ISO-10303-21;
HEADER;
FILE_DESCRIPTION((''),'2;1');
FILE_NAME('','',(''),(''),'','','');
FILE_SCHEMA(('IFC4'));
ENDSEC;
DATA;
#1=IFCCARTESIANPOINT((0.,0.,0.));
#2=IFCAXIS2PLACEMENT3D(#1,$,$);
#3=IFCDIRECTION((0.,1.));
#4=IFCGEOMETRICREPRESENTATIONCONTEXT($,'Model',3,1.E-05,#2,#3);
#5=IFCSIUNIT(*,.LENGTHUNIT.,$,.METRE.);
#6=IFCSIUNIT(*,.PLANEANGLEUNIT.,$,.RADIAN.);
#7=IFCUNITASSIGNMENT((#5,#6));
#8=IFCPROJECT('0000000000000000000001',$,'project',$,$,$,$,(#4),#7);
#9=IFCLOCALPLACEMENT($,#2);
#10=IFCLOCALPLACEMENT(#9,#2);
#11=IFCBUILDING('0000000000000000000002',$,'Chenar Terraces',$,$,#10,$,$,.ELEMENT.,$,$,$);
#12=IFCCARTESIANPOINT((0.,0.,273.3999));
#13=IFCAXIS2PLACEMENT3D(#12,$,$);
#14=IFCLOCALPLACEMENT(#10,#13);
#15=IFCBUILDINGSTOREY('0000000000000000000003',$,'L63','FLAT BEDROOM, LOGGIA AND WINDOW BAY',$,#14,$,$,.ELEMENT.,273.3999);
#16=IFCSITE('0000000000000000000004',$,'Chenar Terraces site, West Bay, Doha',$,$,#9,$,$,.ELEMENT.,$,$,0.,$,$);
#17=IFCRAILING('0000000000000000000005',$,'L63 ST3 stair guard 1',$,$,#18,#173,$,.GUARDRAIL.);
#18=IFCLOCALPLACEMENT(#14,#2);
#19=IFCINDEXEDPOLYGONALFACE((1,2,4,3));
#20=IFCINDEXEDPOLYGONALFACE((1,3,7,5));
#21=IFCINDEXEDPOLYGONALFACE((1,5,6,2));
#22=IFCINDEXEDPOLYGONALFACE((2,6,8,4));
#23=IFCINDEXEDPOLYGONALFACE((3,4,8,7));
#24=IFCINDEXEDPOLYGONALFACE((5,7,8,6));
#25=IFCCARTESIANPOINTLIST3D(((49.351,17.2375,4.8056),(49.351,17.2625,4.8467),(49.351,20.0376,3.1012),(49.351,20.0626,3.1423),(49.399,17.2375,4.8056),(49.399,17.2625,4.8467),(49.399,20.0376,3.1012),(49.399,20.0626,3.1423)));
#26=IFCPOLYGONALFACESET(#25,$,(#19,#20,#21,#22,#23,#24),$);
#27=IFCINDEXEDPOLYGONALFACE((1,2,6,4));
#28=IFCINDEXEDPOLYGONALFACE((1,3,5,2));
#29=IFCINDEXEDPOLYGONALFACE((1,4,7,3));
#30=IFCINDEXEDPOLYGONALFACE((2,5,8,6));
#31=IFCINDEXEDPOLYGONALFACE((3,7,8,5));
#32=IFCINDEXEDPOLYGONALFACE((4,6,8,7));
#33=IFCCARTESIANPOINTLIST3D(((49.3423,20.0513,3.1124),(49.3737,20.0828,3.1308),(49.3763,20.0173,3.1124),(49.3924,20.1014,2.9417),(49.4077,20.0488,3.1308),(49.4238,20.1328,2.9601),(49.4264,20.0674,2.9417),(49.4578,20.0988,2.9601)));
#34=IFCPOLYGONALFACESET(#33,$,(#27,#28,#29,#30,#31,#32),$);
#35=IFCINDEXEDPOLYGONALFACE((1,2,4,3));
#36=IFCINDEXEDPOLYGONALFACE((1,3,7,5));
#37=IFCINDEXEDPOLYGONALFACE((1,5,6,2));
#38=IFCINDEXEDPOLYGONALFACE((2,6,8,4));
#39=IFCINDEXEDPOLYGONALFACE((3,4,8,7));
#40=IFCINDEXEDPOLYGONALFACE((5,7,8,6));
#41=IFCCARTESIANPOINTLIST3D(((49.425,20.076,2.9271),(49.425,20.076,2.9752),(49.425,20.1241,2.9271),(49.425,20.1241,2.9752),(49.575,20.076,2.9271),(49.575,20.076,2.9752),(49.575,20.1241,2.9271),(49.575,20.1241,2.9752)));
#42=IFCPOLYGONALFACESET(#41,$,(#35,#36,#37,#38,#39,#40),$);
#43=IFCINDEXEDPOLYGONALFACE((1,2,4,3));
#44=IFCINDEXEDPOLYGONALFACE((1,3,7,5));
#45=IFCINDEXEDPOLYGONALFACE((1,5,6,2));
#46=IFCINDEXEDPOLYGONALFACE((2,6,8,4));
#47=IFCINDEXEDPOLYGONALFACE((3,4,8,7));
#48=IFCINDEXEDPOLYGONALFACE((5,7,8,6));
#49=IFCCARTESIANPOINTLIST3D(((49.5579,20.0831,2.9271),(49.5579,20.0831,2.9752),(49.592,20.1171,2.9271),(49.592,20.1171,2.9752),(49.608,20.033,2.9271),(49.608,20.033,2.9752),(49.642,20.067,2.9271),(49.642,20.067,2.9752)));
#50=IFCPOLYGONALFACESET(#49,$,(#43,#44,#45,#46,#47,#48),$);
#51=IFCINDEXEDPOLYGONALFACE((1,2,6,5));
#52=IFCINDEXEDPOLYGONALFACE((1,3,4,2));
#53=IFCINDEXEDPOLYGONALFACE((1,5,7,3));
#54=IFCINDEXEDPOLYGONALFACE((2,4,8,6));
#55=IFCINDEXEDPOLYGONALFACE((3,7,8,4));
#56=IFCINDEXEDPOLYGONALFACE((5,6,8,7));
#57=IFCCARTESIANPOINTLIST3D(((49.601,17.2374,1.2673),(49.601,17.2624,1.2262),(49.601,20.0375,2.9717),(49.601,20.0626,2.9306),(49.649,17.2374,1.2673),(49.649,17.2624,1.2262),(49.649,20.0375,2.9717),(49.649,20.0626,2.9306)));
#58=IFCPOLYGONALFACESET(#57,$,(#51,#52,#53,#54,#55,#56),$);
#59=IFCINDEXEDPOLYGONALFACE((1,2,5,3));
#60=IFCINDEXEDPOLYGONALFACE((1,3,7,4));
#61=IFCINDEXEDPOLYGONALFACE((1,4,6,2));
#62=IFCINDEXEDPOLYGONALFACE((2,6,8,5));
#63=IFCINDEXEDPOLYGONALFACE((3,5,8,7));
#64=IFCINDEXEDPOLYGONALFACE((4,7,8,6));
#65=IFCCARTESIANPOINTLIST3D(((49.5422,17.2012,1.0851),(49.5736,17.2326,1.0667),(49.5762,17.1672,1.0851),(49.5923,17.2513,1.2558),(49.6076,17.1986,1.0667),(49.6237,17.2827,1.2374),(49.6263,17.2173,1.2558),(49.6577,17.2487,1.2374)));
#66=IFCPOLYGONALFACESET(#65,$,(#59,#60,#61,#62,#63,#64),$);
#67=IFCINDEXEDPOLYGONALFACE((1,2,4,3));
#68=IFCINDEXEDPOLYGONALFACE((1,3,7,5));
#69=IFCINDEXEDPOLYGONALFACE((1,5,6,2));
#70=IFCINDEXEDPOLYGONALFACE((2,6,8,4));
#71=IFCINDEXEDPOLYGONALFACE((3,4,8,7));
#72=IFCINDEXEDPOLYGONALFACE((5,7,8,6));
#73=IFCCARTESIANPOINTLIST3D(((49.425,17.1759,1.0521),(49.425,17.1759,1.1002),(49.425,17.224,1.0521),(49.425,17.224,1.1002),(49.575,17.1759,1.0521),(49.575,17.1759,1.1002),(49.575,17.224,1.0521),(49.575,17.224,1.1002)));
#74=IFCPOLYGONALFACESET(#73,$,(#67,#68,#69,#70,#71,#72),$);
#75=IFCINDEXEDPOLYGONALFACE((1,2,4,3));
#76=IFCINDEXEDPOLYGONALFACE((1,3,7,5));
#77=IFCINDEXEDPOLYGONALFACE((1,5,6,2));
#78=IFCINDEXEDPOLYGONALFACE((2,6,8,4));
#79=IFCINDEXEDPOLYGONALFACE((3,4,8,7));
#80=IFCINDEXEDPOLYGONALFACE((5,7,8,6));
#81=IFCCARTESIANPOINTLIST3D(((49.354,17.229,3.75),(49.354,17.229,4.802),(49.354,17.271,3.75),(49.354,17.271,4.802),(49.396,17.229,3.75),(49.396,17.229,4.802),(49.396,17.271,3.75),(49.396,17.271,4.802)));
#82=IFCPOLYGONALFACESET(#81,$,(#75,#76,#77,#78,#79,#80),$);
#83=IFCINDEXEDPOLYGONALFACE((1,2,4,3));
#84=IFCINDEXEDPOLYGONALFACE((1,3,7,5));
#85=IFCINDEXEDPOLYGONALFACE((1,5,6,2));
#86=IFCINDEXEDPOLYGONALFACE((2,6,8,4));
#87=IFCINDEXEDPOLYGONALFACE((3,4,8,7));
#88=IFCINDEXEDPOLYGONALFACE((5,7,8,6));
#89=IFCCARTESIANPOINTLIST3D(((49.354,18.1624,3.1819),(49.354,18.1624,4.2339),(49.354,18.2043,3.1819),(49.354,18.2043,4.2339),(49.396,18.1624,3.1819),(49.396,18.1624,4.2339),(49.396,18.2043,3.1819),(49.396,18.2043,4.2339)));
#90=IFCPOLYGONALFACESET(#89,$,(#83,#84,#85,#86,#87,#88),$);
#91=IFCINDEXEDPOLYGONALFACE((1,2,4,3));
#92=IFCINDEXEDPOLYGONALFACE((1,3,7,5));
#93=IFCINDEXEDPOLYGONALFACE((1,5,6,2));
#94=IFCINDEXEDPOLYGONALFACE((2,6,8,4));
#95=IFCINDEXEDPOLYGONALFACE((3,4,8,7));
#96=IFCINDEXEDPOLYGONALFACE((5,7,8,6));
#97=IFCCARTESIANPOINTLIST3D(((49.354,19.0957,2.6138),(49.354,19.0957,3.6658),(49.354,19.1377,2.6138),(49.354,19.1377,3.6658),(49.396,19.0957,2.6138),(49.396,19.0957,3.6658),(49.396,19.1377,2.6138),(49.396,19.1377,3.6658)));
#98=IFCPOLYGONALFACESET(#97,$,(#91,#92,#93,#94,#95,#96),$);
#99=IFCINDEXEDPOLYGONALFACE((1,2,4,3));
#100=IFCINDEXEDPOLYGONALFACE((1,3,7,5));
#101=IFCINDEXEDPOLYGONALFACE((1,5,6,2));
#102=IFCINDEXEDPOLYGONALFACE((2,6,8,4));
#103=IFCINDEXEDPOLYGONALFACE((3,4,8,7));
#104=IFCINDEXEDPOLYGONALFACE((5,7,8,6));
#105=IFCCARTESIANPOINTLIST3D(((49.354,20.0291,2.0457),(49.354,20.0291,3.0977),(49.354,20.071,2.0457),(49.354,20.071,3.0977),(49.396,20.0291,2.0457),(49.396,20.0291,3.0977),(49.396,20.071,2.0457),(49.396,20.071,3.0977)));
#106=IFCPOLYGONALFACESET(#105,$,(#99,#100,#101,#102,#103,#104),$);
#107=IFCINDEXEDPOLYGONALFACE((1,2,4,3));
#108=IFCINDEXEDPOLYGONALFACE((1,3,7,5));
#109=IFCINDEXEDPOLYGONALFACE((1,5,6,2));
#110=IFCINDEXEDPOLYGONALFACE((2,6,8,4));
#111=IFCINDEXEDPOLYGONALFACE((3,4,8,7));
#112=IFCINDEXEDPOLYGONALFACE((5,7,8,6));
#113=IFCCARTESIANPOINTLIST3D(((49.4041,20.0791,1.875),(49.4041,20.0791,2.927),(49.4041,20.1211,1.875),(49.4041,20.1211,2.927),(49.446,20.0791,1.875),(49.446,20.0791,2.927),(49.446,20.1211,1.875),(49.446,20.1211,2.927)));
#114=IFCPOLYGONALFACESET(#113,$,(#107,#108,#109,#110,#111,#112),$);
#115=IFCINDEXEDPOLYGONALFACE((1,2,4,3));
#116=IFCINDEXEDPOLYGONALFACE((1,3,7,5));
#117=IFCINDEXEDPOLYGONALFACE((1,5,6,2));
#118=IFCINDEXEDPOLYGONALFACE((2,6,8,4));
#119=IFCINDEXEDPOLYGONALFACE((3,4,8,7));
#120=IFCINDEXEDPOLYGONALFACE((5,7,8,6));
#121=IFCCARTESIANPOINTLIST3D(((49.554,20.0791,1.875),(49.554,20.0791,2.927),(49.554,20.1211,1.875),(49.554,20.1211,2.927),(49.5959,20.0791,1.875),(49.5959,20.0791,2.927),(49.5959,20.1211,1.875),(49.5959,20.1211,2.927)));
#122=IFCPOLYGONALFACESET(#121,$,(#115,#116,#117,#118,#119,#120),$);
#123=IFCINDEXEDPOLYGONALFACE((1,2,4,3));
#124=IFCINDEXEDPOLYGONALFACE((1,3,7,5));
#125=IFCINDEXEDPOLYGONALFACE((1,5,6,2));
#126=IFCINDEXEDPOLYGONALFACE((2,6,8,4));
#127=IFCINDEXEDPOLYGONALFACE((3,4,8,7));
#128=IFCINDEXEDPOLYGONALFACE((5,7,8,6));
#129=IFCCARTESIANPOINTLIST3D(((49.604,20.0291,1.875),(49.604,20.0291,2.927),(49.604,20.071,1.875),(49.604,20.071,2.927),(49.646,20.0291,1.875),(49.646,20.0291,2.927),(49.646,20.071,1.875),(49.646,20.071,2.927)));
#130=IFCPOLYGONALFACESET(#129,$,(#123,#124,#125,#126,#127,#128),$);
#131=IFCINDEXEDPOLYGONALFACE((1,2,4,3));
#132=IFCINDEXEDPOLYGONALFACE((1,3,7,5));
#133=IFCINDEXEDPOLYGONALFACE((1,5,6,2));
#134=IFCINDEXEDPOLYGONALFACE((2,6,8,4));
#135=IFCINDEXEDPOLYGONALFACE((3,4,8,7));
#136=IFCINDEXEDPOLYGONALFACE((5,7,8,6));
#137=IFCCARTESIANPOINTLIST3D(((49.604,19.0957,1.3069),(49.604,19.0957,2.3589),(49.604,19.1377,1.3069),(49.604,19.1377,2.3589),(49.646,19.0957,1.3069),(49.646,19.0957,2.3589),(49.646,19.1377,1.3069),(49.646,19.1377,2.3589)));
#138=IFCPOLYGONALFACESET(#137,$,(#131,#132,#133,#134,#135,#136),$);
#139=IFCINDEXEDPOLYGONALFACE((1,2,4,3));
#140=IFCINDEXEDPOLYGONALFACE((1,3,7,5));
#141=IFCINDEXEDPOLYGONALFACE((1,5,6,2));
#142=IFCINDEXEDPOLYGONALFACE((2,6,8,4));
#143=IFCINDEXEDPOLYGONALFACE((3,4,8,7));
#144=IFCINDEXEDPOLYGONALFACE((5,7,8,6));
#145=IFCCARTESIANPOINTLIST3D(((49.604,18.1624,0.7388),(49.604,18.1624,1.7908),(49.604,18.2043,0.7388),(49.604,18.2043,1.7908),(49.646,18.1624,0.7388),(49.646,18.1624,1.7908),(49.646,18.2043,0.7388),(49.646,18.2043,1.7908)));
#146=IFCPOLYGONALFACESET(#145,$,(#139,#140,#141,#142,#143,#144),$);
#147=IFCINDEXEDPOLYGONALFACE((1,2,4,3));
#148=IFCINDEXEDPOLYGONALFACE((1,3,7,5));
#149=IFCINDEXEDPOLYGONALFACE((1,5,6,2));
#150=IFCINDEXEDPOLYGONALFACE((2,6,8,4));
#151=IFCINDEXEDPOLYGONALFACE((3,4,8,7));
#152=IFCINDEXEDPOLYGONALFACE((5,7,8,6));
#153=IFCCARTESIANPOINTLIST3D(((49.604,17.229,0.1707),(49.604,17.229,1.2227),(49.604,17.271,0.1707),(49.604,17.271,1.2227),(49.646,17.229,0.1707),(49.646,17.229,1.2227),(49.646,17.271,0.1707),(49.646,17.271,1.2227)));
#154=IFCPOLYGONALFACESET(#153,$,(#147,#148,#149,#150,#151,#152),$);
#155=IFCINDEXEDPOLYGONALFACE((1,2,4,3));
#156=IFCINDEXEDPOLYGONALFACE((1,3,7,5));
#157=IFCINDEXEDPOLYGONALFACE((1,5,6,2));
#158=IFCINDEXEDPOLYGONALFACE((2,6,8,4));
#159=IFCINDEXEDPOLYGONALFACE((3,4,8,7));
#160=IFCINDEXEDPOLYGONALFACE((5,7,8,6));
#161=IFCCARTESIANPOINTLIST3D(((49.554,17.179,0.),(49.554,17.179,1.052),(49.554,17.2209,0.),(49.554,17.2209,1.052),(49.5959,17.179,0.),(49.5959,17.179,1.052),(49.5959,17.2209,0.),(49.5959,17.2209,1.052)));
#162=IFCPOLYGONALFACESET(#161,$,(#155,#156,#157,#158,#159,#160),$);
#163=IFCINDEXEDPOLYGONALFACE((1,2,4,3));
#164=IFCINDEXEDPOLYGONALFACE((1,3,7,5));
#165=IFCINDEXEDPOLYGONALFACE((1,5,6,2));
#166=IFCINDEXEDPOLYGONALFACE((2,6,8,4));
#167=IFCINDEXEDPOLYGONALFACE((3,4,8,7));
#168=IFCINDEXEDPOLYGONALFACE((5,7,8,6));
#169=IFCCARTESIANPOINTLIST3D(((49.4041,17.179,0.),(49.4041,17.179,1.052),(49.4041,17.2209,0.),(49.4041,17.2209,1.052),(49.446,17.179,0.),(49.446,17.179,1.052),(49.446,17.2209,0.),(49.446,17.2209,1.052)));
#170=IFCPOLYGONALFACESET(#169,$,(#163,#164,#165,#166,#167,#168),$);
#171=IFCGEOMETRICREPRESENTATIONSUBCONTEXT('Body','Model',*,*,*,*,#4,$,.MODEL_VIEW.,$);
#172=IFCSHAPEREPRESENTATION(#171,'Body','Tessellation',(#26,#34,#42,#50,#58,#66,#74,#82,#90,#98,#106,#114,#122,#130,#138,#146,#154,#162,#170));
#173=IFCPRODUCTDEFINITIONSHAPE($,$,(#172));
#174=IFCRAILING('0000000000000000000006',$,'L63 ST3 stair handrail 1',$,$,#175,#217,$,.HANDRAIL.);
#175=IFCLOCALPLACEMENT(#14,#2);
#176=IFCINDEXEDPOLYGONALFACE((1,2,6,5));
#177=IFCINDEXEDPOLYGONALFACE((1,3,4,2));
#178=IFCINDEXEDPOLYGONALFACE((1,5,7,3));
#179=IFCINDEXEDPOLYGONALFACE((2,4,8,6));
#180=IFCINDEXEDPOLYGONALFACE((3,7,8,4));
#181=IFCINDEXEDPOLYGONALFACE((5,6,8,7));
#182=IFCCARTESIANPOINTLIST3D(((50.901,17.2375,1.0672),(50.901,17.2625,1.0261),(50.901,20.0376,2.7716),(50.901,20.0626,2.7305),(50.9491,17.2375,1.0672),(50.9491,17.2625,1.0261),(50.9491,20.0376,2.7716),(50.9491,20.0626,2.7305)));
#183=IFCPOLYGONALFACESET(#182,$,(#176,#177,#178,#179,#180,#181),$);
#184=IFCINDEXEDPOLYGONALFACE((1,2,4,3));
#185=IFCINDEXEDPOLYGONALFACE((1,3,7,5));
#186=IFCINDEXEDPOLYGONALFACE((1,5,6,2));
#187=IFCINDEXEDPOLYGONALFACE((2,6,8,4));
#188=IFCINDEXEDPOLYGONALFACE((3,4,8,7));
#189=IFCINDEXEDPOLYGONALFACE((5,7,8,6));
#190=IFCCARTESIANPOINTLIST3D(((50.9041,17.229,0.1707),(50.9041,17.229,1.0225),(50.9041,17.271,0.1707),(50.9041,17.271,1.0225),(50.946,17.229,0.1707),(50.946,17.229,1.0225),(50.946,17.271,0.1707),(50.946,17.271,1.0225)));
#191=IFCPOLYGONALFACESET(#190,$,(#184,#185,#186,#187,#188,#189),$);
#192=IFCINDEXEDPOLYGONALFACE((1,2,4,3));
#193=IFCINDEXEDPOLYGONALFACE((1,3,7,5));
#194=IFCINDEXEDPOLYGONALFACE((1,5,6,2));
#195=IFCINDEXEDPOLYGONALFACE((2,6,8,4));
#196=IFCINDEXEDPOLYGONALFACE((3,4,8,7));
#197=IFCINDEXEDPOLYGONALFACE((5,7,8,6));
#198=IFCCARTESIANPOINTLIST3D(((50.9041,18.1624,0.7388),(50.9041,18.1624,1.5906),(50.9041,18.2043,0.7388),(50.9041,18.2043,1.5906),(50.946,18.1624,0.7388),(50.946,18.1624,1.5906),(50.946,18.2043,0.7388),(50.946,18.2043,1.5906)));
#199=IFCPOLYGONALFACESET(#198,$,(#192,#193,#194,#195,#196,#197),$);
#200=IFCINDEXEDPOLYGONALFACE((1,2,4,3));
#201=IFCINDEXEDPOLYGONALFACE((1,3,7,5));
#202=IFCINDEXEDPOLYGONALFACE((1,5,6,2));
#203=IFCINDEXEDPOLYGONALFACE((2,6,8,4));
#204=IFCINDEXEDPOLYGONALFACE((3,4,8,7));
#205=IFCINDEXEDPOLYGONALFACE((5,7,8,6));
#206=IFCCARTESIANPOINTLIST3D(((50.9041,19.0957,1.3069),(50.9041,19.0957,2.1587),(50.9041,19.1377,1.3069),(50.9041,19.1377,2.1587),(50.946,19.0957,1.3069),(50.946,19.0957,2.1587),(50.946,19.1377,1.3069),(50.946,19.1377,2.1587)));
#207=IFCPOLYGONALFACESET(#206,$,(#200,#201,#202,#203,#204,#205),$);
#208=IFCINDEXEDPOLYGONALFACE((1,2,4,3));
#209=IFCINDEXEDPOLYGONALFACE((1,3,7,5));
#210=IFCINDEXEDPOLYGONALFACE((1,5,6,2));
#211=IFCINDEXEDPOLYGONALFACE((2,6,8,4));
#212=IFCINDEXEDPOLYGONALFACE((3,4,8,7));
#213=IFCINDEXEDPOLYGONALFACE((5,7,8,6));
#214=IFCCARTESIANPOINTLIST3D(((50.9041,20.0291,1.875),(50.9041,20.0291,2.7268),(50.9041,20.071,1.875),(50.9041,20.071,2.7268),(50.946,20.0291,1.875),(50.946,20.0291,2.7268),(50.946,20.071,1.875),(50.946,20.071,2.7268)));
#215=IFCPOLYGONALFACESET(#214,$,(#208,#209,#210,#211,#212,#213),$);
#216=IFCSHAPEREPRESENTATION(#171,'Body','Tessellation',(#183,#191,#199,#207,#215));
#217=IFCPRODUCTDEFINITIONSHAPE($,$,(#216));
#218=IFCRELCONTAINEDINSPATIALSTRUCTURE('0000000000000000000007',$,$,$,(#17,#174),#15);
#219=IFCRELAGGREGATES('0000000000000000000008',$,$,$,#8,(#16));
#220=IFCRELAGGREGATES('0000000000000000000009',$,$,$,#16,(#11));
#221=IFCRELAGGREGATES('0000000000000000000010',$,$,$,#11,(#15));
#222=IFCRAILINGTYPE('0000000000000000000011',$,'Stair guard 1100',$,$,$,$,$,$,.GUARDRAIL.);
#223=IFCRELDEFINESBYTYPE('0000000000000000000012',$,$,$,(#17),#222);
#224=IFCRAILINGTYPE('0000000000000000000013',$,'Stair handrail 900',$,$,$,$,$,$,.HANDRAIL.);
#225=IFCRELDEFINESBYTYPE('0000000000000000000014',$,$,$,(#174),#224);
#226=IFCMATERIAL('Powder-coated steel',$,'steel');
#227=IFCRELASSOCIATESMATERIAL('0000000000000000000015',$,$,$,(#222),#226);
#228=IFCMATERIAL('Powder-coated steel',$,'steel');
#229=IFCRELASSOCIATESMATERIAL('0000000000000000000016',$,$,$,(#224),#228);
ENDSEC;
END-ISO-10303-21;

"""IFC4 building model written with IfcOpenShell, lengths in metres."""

from ifc_helpers import new_model, si_unit, direction, frame, origin, origin_2d, place, context, subcontext, project, spatial, rectangle, extrude, material, type_object, element, save


model = new_model("IFC4")

# Units and contexts
model_context = context("Model", 3, precision=1e-05, world=origin(), true_north=direction((0.0, 1.0)))
body_context = subcontext(model_context, "Body", "Model", "MODEL_VIEW")
ifc_project = project(units=[si_unit("LENGTHUNIT", "METRE"), si_unit("PLANEANGLEUNIT", "RADIAN")], contexts=[model_context])

# Site, building, storey
site_placement = place(None, origin())
site = spatial("IfcSite", under=ifc_project, at=site_placement, Name="Chenar Terraces site, West Bay, Doha", CompositionType="ELEMENT", RefElevation=0.0)
building_placement = place(site_placement, origin())
building = spatial("IfcBuilding", under=site, at=building_placement, Name="Chenar Terraces", CompositionType="ELEMENT")
storey_placement = place(building_placement, frame((0.0, 0.0, 273.3999)))
storey = spatial("IfcBuildingStorey", under=building, at=storey_placement, Name="L63", Description="FLAT BEDROOM, LOGGIA AND WINDOW BAY", CompositionType="ELEMENT", Elevation=273.3999)

# Railings
ifc_material_1 = material(Name="Powder-coated steel", Category="steel")
railing_type_1 = type_object("IfcRailingType", Name="Stair guard 1100", PredefinedType="GUARDRAIL", material=ifc_material_1)
railing_1_placement = place(storey_placement, frame((49.375, 17.25, 3.75)))
element("IfcRailing", 1, at=railing_1_placement, inside=storey, type_object=railing_type_1, Name="L63 ST3 stair guard 1", PredefinedType="GUARDRAIL", context=body_context, shape_type="SweptSolid", body=[
    extrude(rectangle(XDim=0.0481, YDim=0.0481, at=origin_2d()), frame((0.0, 0.0, 1.0762), z_axis=(0.0, 0.854203, -0.51994), x_axis=(-1.0, 0.0, 0.0)), (0.0, 0.0, 1.0), 3.2781),
    extrude(rectangle(XDim=0.0481, YDim=0.0481, at=origin_2d()), frame((0.0, 2.8, -0.6284), z_axis=(0.2709, 0.2709, -0.923703), x_axis=(-0.707107, 0.707107, 0.0)), (0.0, 0.0, 1.0), 0.1848),
    extrude(rectangle(XDim=0.0481, YDim=0.0481, at=origin_2d()), frame((0.05, 2.8501, -0.7988), z_axis=(1.0, 0.0, 0.0), x_axis=(0.0, 1.0, 0.0)), (0.0, 0.0, 1.0), 0.1499),
    extrude(rectangle(XDim=0.0481, YDim=0.0481, at=origin_2d()), frame((0.2, 2.8501, -0.7988), z_axis=(0.707107, -0.707107, 0.0), x_axis=(0.707107, 0.707107, 0.0)), (0.0, 0.0, 1.0), 0.0708),
    extrude(rectangle(XDim=0.0481, YDim=0.0481, at=origin_2d()), frame((0.25, 2.8, -0.7988), z_axis=(0.0, -0.854203, -0.51994), x_axis=(1.0, 0.0, 0.0)), (0.0, 0.0, 1.0), 3.2781),
    extrude(rectangle(XDim=0.0481, YDim=0.0481, at=origin_2d()), frame((0.25, 0.0, -2.5034), z_axis=(-0.2709, -0.2709, -0.923703), x_axis=(0.707107, -0.707107, 0.0)), (0.0, 0.0, 1.0), 0.1848),
    extrude(rectangle(XDim=0.0481, YDim=0.0481, at=origin_2d()), frame((0.2, -0.05, -2.6738), z_axis=(-1.0, 0.0, 0.0), x_axis=(0.0, -1.0, 0.0)), (0.0, 0.0, 1.0), 0.1499),
    extrude(rectangle(XDim=0.042, YDim=0.042, at=origin_2d()), origin(), (0.0, 0.0, 1.0), 1.052),
    extrude(rectangle(XDim=0.042, YDim=0.042, at=origin_2d()), frame((0.0, 0.9333, -0.5681)), (0.0, 0.0, 1.0), 1.052),
    extrude(rectangle(XDim=0.042, YDim=0.042, at=origin_2d()), frame((0.0, 1.8667, -1.1362)), (0.0, 0.0, 1.0), 1.052),
    extrude(rectangle(XDim=0.042, YDim=0.042, at=origin_2d()), frame((0.0, 2.8, -1.7043)), (0.0, 0.0, 1.0), 1.052),
    extrude(rectangle(XDim=0.042, YDim=0.042, at=origin_2d()), frame((0.05, 2.8501, -1.875)), (0.0, 0.0, 1.0), 1.052),
    extrude(rectangle(XDim=0.042, YDim=0.042, at=origin_2d()), frame((0.2, 2.8501, -1.875)), (0.0, 0.0, 1.0), 1.052),
    extrude(rectangle(XDim=0.042, YDim=0.042, at=origin_2d()), frame((0.25, 2.8, -1.875)), (0.0, 0.0, 1.0), 1.052),
    extrude(rectangle(XDim=0.042, YDim=0.042, at=origin_2d()), frame((0.25, 1.8667, -2.4431)), (0.0, 0.0, 1.0), 1.052),
    extrude(rectangle(XDim=0.042, YDim=0.042, at=origin_2d()), frame((0.25, 0.9333, -3.0112)), (0.0, 0.0, 1.0), 1.052),
    extrude(rectangle(XDim=0.042, YDim=0.042, at=origin_2d()), frame((0.25, 0.0, -3.5793)), (0.0, 0.0, 1.0), 1.052),
    extrude(rectangle(XDim=0.042, YDim=0.042, at=origin_2d()), frame((0.2, -0.05, -3.75)), (0.0, 0.0, 1.0), 1.052),
    extrude(rectangle(XDim=0.042, YDim=0.042, at=origin_2d()), frame((0.05, -0.05, -3.75)), (0.0, 0.0, 1.0), 1.052),
])
ifc_material_2 = material(Name="Powder-coated steel", Category="steel")
railing_type_2 = type_object("IfcRailingType", Name="Stair handrail 900", PredefinedType="HANDRAIL", material=ifc_material_2)
railing_2_placement = place(storey_placement, frame((50.925, 17.25, 0.1707)))
element("IfcRailing", 2, at=railing_2_placement, inside=storey, type_object=railing_type_2, Name="L63 ST3 stair handrail 1", PredefinedType="HANDRAIL", context=body_context, shape_type="SweptSolid", body=[
    extrude(rectangle(XDim=0.0481, YDim=0.0481, at=origin_2d()), frame((0.0, 0.0, 0.876), z_axis=(0.0, 0.854203, 0.51994), x_axis=(-1.0, 0.0, 0.0)), (0.0, 0.0, 1.0), 3.2781),
    extrude(rectangle(XDim=0.042, YDim=0.042, at=origin_2d()), origin(), (0.0, 0.0, 1.0), 0.8518),
    extrude(rectangle(XDim=0.042, YDim=0.042, at=origin_2d()), frame((0.0, 0.9333, 0.5681)), (0.0, 0.0, 1.0), 0.8518),
    extrude(rectangle(XDim=0.042, YDim=0.042, at=origin_2d()), frame((0.0, 1.8667, 1.1362)), (0.0, 0.0, 1.0), 0.8518),
    extrude(rectangle(XDim=0.042, YDim=0.042, at=origin_2d()), frame((0.0, 2.8, 1.7043)), (0.0, 0.0, 1.0), 0.8518),
])

save(model, "model.ifc")
